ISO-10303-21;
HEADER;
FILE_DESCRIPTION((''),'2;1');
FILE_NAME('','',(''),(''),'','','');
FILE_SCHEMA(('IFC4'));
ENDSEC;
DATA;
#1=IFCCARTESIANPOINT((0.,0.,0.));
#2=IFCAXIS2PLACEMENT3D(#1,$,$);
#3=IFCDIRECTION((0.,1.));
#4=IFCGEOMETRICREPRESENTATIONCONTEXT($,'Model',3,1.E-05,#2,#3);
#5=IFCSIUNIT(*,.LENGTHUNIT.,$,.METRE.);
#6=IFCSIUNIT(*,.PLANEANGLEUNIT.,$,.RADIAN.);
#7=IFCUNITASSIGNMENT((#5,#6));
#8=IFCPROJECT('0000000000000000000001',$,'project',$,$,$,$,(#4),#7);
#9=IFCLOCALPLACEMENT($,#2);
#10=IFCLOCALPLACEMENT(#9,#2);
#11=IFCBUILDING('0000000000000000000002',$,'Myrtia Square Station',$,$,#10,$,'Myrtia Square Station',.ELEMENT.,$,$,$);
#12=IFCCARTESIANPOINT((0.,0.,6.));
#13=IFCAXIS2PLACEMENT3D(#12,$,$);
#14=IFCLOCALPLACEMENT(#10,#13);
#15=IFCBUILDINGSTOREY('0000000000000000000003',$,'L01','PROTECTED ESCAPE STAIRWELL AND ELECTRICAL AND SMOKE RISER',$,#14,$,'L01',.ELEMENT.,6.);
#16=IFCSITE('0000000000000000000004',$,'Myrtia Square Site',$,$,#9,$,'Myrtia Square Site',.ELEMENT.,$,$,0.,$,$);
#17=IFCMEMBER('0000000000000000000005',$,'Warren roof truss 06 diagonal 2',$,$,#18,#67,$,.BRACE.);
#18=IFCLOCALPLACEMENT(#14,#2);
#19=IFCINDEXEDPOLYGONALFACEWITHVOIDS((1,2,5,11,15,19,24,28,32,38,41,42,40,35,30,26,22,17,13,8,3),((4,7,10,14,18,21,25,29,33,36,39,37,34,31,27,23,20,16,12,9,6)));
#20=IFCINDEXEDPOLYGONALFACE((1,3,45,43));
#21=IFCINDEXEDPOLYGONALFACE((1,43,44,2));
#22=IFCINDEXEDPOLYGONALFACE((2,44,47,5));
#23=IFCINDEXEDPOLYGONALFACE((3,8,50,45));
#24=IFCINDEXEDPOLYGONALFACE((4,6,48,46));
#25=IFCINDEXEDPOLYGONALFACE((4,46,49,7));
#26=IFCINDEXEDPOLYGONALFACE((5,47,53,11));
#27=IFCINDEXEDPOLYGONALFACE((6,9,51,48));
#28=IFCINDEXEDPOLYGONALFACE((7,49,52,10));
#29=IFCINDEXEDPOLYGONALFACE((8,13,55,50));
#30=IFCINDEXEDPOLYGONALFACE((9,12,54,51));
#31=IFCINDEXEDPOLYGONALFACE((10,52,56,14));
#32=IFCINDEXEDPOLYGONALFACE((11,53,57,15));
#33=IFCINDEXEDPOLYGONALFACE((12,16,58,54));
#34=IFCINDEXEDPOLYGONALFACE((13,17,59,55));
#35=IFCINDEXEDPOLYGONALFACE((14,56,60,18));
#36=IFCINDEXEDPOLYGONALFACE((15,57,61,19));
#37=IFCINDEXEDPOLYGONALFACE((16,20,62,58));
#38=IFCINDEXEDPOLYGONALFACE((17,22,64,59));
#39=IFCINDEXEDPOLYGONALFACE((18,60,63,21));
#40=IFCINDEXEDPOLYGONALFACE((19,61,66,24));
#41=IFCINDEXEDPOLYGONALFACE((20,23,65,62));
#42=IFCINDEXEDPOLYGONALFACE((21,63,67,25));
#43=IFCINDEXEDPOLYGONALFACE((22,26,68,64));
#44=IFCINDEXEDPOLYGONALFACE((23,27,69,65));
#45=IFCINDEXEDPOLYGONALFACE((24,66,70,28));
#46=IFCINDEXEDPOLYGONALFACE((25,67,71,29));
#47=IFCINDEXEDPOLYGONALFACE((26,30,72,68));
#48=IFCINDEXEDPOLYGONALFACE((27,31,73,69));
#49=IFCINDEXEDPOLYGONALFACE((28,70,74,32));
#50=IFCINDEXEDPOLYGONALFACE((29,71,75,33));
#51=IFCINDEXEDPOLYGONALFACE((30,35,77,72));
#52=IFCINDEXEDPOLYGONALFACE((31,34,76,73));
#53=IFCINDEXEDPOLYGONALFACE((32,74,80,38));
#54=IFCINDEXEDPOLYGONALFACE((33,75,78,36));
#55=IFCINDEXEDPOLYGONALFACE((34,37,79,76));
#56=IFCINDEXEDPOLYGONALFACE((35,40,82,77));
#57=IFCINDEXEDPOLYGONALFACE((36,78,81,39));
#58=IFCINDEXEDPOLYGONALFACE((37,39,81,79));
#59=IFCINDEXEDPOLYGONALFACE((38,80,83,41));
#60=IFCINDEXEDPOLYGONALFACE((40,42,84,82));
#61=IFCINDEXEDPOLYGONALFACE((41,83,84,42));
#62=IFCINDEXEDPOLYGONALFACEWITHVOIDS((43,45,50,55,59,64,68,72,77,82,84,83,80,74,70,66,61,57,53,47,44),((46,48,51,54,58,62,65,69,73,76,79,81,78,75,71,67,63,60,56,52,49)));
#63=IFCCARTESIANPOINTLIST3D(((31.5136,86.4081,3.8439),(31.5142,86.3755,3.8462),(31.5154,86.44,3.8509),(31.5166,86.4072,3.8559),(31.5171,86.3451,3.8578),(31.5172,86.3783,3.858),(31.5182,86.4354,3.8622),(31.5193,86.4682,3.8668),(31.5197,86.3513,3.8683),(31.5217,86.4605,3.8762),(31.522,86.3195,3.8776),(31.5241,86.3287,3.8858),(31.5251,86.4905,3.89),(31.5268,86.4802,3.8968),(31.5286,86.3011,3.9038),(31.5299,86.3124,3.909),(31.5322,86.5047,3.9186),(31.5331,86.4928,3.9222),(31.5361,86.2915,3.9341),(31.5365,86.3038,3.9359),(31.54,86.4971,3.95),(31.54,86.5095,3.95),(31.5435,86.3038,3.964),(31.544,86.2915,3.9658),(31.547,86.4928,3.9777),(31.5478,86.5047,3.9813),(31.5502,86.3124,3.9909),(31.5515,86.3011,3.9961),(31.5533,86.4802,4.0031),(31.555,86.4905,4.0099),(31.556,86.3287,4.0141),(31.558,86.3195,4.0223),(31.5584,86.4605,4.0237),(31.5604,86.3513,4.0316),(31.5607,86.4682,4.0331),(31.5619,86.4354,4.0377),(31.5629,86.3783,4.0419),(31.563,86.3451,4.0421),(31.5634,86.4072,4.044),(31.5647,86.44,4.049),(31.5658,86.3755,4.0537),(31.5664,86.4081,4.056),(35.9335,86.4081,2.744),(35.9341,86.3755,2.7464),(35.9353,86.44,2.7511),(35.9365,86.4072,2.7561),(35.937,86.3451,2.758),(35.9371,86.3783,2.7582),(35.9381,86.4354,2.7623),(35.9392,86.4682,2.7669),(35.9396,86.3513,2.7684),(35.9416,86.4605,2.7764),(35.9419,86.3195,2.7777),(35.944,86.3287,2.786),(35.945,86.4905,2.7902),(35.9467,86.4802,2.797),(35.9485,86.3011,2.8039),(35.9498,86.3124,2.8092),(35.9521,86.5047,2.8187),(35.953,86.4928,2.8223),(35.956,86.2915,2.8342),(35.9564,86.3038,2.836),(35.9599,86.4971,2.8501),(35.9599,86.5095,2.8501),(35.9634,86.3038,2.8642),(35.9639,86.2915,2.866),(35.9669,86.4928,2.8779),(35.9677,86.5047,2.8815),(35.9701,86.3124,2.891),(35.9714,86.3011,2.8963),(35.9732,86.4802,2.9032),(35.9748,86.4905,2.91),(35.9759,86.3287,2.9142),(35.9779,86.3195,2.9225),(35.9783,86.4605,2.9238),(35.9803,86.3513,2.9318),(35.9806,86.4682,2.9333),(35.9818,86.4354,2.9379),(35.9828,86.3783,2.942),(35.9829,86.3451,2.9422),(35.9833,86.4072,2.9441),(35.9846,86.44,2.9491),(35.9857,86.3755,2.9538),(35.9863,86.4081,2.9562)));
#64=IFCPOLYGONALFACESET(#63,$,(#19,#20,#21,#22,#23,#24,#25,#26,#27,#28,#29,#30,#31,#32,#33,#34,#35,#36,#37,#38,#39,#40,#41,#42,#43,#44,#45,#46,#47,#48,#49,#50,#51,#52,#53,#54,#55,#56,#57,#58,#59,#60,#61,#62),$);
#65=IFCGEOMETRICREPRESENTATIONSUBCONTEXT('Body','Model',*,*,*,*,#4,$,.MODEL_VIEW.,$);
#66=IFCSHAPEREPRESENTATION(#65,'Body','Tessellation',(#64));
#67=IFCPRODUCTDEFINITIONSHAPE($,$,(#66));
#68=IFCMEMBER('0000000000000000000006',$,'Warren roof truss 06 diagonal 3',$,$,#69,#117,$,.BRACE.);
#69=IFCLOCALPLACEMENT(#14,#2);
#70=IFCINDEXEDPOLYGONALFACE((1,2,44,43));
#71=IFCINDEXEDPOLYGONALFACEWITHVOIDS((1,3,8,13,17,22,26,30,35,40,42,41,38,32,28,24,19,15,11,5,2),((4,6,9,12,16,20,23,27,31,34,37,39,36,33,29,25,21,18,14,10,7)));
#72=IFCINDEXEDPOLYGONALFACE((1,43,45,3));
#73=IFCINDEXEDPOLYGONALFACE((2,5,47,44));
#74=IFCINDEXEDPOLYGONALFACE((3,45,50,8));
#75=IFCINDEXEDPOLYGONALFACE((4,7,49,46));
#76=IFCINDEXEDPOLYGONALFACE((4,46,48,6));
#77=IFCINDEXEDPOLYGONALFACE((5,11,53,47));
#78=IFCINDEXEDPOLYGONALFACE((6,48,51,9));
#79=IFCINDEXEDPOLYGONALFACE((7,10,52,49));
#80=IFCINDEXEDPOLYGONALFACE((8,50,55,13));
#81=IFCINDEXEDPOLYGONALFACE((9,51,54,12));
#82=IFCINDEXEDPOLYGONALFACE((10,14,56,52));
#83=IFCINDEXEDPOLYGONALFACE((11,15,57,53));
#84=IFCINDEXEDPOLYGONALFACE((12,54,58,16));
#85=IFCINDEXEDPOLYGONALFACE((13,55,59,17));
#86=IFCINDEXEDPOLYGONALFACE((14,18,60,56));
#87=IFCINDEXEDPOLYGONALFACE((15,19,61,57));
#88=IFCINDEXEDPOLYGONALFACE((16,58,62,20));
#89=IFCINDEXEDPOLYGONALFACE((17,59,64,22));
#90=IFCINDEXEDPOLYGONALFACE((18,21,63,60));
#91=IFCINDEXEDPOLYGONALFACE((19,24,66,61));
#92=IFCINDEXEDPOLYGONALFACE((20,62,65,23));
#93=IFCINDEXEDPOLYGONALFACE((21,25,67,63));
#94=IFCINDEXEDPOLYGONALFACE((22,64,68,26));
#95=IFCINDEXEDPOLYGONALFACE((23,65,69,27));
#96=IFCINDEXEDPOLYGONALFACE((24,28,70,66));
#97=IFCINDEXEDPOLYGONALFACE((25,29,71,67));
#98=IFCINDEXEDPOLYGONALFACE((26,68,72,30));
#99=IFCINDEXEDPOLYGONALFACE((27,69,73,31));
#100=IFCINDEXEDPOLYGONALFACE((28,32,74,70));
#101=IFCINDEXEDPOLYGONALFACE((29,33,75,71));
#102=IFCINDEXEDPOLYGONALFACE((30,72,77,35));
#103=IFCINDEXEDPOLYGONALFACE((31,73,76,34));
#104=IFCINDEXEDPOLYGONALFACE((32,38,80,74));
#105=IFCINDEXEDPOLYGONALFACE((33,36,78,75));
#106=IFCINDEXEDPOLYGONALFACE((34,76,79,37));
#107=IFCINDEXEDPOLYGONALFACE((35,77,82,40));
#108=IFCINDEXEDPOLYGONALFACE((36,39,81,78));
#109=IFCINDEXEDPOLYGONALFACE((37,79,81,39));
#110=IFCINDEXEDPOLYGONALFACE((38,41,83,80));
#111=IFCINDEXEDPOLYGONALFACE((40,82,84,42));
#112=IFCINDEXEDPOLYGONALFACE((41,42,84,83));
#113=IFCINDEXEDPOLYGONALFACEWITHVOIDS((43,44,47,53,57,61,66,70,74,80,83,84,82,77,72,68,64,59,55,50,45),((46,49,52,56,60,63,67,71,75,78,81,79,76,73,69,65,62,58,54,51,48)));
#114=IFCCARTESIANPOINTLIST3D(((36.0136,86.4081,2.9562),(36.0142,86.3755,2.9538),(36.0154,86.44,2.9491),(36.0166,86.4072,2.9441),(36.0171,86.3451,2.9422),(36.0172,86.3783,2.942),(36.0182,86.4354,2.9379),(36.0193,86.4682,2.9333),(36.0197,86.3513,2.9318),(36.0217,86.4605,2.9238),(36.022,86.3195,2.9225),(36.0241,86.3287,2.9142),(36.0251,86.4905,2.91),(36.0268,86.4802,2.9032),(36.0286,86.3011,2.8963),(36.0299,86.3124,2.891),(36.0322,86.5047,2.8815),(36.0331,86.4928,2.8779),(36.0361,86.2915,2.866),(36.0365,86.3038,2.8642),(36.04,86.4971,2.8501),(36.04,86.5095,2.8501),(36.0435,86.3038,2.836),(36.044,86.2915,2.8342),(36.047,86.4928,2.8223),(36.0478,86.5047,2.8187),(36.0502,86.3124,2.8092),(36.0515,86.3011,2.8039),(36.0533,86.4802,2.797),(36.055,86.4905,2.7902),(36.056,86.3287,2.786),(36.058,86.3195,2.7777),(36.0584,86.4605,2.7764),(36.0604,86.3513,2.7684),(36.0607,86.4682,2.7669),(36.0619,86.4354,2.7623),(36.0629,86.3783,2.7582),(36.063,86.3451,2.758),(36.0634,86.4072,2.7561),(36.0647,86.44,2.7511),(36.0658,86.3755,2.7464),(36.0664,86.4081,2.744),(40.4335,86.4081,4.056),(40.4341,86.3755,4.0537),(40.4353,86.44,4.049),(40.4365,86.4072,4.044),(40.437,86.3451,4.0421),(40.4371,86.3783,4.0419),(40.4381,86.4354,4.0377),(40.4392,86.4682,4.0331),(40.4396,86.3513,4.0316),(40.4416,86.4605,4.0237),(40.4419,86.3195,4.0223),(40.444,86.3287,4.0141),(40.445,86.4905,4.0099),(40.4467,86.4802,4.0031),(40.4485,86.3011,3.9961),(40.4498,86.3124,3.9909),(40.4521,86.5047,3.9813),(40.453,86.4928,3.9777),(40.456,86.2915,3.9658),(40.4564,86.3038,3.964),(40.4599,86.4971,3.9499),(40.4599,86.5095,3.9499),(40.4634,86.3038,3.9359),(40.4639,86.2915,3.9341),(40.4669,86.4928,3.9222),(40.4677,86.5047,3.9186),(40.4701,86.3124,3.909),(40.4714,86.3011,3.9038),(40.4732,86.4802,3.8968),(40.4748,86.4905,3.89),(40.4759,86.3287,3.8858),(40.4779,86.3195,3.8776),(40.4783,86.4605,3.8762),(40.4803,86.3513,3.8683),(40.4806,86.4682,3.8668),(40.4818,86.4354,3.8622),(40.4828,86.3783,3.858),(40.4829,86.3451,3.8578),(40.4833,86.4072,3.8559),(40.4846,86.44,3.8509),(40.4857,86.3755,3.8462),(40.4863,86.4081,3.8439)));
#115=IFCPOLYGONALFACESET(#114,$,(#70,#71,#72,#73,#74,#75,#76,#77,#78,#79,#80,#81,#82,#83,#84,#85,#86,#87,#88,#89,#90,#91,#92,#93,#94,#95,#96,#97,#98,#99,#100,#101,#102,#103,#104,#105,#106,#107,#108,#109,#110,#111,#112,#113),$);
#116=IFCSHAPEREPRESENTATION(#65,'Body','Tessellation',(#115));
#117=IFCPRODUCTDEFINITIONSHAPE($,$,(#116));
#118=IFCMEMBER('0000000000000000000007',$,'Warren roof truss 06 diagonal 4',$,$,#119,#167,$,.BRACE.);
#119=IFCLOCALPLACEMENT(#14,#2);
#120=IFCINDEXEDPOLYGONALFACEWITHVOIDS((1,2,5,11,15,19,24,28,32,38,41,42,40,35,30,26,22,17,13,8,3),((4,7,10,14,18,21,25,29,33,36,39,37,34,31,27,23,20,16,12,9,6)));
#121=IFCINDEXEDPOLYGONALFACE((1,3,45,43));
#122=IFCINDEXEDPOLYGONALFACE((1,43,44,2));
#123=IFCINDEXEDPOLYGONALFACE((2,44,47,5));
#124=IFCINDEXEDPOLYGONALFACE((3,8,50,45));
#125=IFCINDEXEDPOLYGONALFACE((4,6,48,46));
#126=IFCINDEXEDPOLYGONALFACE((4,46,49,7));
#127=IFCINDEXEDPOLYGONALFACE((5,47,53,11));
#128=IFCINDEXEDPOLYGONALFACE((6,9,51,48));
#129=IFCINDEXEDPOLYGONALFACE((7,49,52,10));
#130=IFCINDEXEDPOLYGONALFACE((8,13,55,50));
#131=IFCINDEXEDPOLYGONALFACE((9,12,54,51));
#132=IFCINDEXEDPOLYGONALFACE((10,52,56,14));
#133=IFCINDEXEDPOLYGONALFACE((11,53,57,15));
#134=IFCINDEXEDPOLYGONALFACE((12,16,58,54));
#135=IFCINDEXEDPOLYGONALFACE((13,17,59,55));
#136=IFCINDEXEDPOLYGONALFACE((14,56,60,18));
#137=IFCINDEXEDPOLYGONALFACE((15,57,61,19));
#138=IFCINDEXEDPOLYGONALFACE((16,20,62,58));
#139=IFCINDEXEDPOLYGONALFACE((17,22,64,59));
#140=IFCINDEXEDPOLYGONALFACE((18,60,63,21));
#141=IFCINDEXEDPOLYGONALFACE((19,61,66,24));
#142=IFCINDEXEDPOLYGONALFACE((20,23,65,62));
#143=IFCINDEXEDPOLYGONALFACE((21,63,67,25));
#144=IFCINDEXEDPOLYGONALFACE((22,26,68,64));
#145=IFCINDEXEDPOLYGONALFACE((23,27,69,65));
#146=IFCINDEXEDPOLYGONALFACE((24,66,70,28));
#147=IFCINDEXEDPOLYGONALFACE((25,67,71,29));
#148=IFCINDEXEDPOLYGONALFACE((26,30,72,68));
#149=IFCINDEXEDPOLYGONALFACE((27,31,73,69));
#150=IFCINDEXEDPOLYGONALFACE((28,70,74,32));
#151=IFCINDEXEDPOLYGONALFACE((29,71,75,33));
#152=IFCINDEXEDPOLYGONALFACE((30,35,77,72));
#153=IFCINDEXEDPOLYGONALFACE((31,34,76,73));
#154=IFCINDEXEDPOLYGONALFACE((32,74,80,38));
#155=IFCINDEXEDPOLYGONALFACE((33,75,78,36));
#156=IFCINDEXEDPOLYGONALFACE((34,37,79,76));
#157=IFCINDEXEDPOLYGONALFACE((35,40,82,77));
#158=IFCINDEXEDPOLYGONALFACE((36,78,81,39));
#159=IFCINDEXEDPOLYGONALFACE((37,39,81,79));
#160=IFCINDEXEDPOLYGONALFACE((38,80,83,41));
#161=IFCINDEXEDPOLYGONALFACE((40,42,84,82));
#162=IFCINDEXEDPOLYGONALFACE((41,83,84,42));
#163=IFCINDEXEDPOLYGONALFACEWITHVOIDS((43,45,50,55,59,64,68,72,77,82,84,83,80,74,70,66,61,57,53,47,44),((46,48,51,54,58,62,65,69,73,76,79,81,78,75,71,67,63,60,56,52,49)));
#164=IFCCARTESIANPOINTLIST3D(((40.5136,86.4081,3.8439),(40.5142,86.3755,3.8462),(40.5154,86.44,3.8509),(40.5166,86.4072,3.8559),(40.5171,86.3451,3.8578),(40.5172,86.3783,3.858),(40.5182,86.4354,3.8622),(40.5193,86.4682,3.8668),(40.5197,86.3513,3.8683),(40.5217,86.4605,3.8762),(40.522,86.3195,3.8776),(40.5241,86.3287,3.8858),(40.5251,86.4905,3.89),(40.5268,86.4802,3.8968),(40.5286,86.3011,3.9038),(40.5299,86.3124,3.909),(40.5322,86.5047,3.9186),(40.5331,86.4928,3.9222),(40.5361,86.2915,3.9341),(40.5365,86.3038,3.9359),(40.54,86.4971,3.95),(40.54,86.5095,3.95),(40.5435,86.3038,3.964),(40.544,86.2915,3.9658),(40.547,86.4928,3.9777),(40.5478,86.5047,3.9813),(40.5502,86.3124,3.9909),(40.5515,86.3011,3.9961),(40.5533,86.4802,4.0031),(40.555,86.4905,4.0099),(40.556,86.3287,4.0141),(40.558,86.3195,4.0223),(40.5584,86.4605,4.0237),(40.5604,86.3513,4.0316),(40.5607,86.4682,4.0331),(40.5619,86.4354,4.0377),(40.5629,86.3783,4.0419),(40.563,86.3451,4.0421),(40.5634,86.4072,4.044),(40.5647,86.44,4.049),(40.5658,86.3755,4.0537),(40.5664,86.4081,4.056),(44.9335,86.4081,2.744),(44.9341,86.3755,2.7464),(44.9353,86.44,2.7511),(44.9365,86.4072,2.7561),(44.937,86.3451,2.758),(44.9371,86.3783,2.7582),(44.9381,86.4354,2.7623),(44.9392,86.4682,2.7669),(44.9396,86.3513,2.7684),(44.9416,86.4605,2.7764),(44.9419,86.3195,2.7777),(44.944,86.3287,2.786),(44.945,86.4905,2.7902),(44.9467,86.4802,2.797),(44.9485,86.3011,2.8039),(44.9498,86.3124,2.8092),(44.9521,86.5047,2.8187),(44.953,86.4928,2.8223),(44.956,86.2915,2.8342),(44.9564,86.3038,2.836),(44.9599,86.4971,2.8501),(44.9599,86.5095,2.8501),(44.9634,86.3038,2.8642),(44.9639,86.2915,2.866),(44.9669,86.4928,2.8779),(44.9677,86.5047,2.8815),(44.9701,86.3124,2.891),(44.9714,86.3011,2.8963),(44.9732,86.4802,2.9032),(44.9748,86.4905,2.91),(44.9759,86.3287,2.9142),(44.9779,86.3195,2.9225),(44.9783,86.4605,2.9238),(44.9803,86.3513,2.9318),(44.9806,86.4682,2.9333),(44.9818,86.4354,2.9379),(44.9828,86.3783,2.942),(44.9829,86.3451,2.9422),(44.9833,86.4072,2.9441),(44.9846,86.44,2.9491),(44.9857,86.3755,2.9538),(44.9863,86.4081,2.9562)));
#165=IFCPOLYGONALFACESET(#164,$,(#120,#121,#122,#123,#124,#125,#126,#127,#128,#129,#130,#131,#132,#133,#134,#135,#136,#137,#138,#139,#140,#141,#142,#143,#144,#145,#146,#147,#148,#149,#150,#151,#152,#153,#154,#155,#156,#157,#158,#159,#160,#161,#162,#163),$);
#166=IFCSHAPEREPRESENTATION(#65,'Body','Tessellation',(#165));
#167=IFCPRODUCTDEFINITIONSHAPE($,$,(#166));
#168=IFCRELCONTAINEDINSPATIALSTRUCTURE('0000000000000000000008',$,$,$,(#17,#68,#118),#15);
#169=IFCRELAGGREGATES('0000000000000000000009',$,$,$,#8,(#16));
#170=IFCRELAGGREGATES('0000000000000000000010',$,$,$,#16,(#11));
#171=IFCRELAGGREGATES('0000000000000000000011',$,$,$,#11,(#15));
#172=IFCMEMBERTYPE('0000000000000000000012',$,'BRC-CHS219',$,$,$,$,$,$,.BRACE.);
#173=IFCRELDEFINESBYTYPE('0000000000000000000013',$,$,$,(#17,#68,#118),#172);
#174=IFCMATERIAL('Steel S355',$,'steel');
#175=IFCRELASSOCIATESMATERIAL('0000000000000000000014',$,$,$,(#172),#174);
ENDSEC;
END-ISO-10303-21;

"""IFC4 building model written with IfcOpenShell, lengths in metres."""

from ifc_helpers import new_model, si_unit, direction, frame, origin, origin_2d, place, context, subcontext, project, spatial, hollow_circle, extrude, material, material_profile, profile_set, type_object, element, save


model = new_model("IFC4")

# Units and contexts
model_context = context("Model", 3, precision=1e-05, world=origin(), true_north=direction((0.0, 1.0)))
body_context = subcontext(model_context, "Body", "Model", "MODEL_VIEW")
ifc_project = project(units=[si_unit("LENGTHUNIT", "METRE"), si_unit("PLANEANGLEUNIT", "RADIAN")], contexts=[model_context])

# Site, building, storey
site_placement = place(None, origin())
site = spatial("IfcSite", under=ifc_project, at=site_placement, Name="Myrtia Square Site", LongName="Myrtia Square Site", CompositionType="ELEMENT", RefElevation=0.0)
building_placement = place(site_placement, origin())
building = spatial("IfcBuilding", under=site, at=building_placement, Name="Myrtia Square Station", LongName="Myrtia Square Station", CompositionType="ELEMENT")
storey_placement = place(building_placement, frame((0.0, 0.0, 6.0)))
storey = spatial("IfcBuildingStorey", under=building, at=storey_placement, Name="L01", Description="PROTECTED ESCAPE STAIRWELL AND ELECTRICAL AND SMOKE RISER", LongName="L01", CompositionType="ELEMENT", Elevation=6.0)

# Shared definitions
ifc_material = material(Name="Steel S355", Category="steel")

# Members
ifc_material_profile_1 = material_profile(ifc_material, hollow_circle(Radius=0.1096, WallThickness=0.0125, at=origin_2d()), Name="CHS 219.1x12.5")
ifc_profile_set_1 = profile_set([ifc_material_profile_1], Name="Steel S355")
member_type_1 = type_object("IfcMemberType", Name="BRC-CHS219", PredefinedType="BRACE", material=ifc_profile_set_1)
for number, where, z_axis, x_axis, name in (
    (1, (31.54, 86.3999, 3.95), (0.970407, 0.0, -0.241476), (0.0, 1.0, 0.0), "Warren roof truss 06 diagonal 2"),
    (2, (36.04, 86.3999, 2.8501), (0.970407, 0.0, 0.241476), (0.0, 1.0, 0.0), "Warren roof truss 06 diagonal 3"),
    (3, (40.54, 86.3999, 3.95), (0.970407, 0.0, -0.241476), (0.0, 1.0, 0.0), "Warren roof truss 06 diagonal 4"),
):
    element("IfcMember", number, at=place(storey_placement, frame(where, z_axis=z_axis, x_axis=x_axis)), inside=storey, type_object=member_type_1, Name=name, PredefinedType="BRACE", context=body_context, shape_type="SweptSolid", body=[
        extrude(hollow_circle(Radius=0.1096, WallThickness=0.0125, at=origin_2d()), origin(), (0.0, 0.0, 1.0), 4.5547),
    ])

save(model, "model.ifc")
